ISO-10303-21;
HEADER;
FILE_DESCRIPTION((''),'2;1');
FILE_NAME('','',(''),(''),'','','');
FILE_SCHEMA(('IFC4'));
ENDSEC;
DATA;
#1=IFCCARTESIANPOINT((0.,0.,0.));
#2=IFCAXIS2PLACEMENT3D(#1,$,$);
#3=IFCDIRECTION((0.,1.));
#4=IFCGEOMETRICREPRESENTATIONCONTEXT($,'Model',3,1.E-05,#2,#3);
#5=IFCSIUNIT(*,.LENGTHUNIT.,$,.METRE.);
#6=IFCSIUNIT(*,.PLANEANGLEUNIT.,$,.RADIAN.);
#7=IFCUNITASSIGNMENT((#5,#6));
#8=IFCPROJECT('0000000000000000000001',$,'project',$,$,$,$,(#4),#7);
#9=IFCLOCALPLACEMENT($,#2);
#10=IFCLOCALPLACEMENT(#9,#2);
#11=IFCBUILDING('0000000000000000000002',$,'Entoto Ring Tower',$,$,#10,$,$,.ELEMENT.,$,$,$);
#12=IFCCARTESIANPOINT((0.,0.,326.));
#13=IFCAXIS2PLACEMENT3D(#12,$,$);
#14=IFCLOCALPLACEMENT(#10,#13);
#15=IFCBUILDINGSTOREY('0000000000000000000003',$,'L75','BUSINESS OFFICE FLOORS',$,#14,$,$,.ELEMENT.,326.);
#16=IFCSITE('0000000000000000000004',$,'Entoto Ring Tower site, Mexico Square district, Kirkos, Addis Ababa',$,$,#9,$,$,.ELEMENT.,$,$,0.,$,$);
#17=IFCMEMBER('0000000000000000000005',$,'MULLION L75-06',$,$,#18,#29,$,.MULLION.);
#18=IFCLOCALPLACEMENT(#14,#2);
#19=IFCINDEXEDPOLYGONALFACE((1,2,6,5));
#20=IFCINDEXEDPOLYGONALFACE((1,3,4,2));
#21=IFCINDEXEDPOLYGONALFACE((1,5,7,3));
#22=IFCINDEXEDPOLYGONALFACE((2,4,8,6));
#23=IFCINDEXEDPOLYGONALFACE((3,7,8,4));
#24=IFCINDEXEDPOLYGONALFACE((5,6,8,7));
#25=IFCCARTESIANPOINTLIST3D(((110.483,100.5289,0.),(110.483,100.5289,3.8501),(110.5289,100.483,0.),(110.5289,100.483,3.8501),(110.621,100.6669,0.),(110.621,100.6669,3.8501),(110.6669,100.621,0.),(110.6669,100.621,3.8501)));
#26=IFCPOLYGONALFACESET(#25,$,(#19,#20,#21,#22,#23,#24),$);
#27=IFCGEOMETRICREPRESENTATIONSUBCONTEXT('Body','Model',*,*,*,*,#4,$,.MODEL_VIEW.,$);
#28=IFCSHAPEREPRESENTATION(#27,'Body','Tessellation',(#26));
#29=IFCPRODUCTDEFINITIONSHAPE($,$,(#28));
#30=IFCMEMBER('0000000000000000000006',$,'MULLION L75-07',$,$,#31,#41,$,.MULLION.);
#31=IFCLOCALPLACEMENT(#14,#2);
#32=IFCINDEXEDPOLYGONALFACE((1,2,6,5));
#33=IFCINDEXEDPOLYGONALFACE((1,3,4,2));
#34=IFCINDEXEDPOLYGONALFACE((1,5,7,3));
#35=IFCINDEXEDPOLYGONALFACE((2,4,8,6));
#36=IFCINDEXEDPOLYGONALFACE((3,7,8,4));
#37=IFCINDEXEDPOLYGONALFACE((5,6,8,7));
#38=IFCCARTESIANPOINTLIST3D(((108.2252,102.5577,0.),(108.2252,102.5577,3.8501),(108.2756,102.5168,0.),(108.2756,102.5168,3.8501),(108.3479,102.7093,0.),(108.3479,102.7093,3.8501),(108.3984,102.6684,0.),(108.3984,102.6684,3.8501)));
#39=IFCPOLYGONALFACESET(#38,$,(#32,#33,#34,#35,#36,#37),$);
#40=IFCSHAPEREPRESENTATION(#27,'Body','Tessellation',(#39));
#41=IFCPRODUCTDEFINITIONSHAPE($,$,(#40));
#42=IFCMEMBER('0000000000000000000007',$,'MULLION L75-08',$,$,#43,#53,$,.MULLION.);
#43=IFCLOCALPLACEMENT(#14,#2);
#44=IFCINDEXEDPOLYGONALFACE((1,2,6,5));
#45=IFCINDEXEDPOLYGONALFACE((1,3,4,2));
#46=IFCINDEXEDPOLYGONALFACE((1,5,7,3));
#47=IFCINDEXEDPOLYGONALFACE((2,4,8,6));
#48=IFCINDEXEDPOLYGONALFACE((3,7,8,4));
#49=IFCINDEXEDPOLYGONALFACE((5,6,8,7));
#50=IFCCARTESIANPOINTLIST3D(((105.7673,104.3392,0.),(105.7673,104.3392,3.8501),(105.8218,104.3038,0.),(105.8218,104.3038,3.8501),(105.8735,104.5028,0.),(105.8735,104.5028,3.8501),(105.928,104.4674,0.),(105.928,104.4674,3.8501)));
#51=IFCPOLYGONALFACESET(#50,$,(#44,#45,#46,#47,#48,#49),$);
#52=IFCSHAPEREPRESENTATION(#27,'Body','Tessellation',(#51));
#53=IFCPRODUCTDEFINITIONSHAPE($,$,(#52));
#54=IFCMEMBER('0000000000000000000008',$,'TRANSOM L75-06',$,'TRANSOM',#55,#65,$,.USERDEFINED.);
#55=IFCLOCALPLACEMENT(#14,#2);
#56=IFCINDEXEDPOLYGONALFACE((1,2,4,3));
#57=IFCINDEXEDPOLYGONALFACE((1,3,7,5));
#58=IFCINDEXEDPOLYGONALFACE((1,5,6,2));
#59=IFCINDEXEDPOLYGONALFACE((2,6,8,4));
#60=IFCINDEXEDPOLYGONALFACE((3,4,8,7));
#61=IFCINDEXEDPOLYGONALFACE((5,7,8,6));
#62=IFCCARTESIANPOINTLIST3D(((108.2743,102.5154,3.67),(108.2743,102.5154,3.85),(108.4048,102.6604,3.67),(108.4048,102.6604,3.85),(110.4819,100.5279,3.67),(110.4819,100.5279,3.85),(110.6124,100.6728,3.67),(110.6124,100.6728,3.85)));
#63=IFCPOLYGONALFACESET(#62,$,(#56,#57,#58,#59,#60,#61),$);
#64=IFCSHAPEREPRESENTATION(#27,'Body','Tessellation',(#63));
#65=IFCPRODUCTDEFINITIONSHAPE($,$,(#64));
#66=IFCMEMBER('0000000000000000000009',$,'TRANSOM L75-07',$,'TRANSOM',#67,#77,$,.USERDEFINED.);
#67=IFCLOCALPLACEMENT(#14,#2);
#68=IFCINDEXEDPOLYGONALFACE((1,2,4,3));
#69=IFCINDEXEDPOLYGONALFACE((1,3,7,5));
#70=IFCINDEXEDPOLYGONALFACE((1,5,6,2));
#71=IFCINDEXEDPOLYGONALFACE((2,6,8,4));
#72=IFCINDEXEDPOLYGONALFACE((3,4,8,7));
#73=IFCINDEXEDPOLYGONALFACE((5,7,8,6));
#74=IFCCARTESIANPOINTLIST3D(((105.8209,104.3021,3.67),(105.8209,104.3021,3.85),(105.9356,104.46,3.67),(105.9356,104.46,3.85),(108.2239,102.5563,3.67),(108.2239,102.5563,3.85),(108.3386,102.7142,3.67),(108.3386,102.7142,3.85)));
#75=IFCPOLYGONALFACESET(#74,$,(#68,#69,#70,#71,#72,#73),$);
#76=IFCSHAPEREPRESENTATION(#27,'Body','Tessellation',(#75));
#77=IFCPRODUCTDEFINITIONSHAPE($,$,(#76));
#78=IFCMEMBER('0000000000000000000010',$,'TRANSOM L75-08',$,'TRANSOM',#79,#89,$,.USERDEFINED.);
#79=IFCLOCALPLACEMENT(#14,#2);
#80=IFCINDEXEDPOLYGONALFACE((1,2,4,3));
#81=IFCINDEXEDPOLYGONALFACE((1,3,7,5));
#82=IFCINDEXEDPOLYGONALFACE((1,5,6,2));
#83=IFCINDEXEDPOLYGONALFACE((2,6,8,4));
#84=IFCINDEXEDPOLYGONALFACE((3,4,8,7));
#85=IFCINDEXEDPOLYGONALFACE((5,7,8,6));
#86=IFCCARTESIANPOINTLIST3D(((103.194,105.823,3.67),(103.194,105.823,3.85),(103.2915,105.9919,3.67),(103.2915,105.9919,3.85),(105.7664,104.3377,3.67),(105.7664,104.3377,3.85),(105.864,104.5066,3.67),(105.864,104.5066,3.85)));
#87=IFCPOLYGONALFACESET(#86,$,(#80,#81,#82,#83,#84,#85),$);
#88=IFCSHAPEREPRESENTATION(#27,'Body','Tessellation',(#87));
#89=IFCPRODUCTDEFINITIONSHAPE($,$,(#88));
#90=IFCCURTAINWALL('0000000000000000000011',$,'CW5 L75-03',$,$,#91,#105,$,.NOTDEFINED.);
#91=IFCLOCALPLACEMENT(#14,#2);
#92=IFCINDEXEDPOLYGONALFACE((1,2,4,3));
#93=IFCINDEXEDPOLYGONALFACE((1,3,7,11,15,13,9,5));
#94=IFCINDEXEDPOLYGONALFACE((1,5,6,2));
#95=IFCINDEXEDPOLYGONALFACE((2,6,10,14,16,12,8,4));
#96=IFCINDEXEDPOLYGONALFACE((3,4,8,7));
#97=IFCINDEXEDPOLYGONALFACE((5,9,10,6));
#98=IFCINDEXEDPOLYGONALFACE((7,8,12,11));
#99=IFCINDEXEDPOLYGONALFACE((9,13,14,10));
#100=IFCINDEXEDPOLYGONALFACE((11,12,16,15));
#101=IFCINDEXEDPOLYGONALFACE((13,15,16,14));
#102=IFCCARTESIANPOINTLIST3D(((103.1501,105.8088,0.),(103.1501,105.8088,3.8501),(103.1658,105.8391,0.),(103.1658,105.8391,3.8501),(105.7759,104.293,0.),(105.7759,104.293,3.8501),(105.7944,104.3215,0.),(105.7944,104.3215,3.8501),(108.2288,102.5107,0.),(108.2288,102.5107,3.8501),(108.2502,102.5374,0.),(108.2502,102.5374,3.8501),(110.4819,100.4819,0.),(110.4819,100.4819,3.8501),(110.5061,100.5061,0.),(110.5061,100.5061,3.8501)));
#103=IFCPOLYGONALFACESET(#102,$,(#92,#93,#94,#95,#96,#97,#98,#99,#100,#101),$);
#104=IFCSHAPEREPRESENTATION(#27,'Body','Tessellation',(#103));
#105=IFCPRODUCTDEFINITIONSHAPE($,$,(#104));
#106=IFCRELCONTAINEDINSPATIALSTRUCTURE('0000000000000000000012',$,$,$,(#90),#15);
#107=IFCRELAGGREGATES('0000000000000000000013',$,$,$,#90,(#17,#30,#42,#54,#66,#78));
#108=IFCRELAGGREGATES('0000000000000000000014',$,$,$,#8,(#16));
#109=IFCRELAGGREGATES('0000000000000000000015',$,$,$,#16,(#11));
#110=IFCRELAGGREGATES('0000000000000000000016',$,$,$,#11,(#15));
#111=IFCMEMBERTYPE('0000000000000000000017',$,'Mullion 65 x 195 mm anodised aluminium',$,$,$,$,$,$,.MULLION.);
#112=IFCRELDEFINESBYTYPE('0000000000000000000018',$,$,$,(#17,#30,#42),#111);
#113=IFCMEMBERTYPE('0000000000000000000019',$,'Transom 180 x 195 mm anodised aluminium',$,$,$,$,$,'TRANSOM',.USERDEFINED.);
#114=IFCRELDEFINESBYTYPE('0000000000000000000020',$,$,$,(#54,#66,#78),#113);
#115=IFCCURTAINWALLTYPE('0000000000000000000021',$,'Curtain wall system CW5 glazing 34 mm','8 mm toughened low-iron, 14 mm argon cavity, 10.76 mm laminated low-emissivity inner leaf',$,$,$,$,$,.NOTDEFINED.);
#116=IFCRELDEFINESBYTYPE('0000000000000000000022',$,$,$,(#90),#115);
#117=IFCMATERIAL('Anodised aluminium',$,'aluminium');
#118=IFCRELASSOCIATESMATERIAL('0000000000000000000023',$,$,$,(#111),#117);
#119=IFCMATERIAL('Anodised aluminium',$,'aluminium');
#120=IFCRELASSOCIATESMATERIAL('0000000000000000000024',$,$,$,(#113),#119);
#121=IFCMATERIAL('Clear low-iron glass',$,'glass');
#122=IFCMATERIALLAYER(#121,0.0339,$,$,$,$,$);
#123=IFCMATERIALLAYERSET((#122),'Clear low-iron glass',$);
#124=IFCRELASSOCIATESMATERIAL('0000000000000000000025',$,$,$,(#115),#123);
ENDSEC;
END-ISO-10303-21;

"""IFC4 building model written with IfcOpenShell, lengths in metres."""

from ifc_helpers import new_model, si_unit, direction, frame, origin, origin_2d, place, context, subcontext, project, spatial, polyline, rectangle, outline, extrude, material, layer, layer_set, material_profile, profile_set, type_object, element, aggregate, save


model = new_model("IFC4")

# Units and contexts
model_context = context("Model", 3, precision=1e-05, world=origin(), true_north=direction((0.0, 1.0)))
body_context = subcontext(model_context, "Body", "Model", "MODEL_VIEW")
ifc_project = project(units=[si_unit("LENGTHUNIT", "METRE"), si_unit("PLANEANGLEUNIT", "RADIAN")], contexts=[model_context])

# Members
ifc_material_1 = material(Name="Anodised aluminium", Category="aluminium")
ifc_material_profile_1 = material_profile(ifc_material_1, rectangle(XDim=0.0649, YDim=0.1951, at=origin_2d()), Name="Mullion 65 x 195 mm anodised aluminium")
ifc_profile_set_1 = profile_set([ifc_material_profile_1], Name="Anodised aluminium")
member_type_1 = type_object("IfcMemberType", Name="Mullion 65 x 195 mm anodised aluminium", PredefinedType="MULLION", material=ifc_profile_set_1)
site_placement = place(None, origin())
building_placement = place(site_placement, origin())
storey_placement = place(building_placement, frame((0.0, 0.0, 326.0)))
member_1_placement = place(storey_placement, frame((110.575, 100.575, 0.0), z_axis=(0.0, 0.0, 1.0), x_axis=(-0.707107, 0.707107, 0.0)))
member_1 = element("IfcMember", 1, at=member_1_placement, type_object=member_type_1, Name="MULLION L75-06", PredefinedType="MULLION", context=body_context, shape_type="SweptSolid", body=[
    extrude(rectangle(XDim=0.0649, YDim=0.1951, at=origin_2d()), origin(), (0.0, 0.0, 1.0), 3.8501),
])
member_2_placement = place(storey_placement, frame((108.3118, 102.613, 0.0), z_axis=(0.0, 0.0, 1.0), x_axis=(-0.777146, 0.62932, 0.0)))
member_2 = element("IfcMember", 2, at=member_2_placement, type_object=member_type_1, Name="MULLION L75-07", PredefinedType="MULLION", context=body_context, shape_type="SweptSolid", body=[
    extrude(rectangle(XDim=0.0649, YDim=0.1951, at=origin_2d()), origin(), (0.0, 0.0, 1.0), 3.8501),
])
member_3_placement = place(storey_placement, frame((105.8477, 104.4033, 0.0), z_axis=(0.0, 0.0, 1.0), x_axis=(-0.838671, 0.544639, 0.0)))
member_3 = element("IfcMember", 3, at=member_3_placement, type_object=member_type_1, Name="MULLION L75-08", PredefinedType="MULLION", context=body_context, shape_type="SweptSolid", body=[
    extrude(rectangle(XDim=0.0649, YDim=0.1951, at=origin_2d()), origin(), (0.0, 0.0, 1.0), 3.8501),
])
ifc_material_2 = material(Name="Anodised aluminium", Category="aluminium")
ifc_material_profile_2 = material_profile(ifc_material_2, rectangle(XDim=0.1951, YDim=0.1799, at=origin_2d()), Name="Transom 180 x 195 mm anodised aluminium")
ifc_profile_set_2 = profile_set([ifc_material_profile_2], Name="Anodised aluminium")
member_type_2 = type_object("IfcMemberType", Name="Transom 180 x 195 mm anodised aluminium", ElementType="TRANSOM", PredefinedType="USERDEFINED", material=ifc_profile_set_2)
member_4_placement = place(storey_placement, frame((110.5471, 100.6003, 3.76), z_axis=(-0.743163, 0.66911, 0.0), x_axis=(-0.66911, -0.743163, 0.0)))
member_4 = element("IfcMember", 4, at=member_4_placement, type_object=member_type_2, Name="TRANSOM L75-06", ObjectType="TRANSOM", PredefinedType="USERDEFINED", context=body_context, shape_type="SweptSolid", body=[
    extrude(rectangle(XDim=0.1951, YDim=0.1799, at=origin_2d()), origin(), (0.0, 0.0, 1.0), 2.9705),
])
member_5_placement = place(storey_placement, frame((108.2812, 102.6353, 3.76), z_axis=(-0.809031, 0.587766, 0.0), x_axis=(-0.587766, -0.809031, 0.0)))
member_5 = element("IfcMember", 5, at=member_5_placement, type_object=member_type_2, Name="TRANSOM L75-07", ObjectType="TRANSOM", PredefinedType="USERDEFINED", context=body_context, shape_type="SweptSolid", body=[
    extrude(rectangle(XDim=0.1951, YDim=0.1799, at=origin_2d()), origin(), (0.0, 0.0, 1.0), 2.9702),
])
member_6_placement = place(storey_placement, frame((105.8152, 104.4221, 3.76), z_axis=(-0.866009, 0.500028, 0.0), x_axis=(-0.500028, -0.866009, 0.0)))
member_6 = element("IfcMember", 6, at=member_6_placement, type_object=member_type_2, Name="TRANSOM L75-08", ObjectType="TRANSOM", PredefinedType="USERDEFINED", context=body_context, shape_type="SweptSolid", body=[
    extrude(rectangle(XDim=0.1951, YDim=0.1799, at=origin_2d()), origin(), (0.0, 0.0, 1.0), 2.9705),
])

# Site, building, storey
site = spatial("IfcSite", under=ifc_project, at=site_placement, Name="Entoto Ring Tower site, Mexico Square district, Kirkos, Addis Ababa", CompositionType="ELEMENT", RefElevation=0.0)
building = spatial("IfcBuilding", under=site, at=building_placement, Name="Entoto Ring Tower", CompositionType="ELEMENT")
storey = spatial("IfcBuildingStorey", under=building, at=storey_placement, Name="L75", Description="BUSINESS OFFICE FLOORS", CompositionType="ELEMENT", Elevation=326.0)

# Curtain wall
ifc_material_3 = material(Name="Clear low-iron glass", Category="glass")
ifc_layer = layer(ifc_material_3, 0.0339)
ifc_layer_set = layer_set([ifc_layer], Name="Clear low-iron glass")
curtain_wall_type = type_object("IfcCurtainWallType", Name="Curtain wall system CW5 glazing 34 mm", Description="8 mm toughened low-iron, 14 mm argon cavity, 10.76 mm laminated low-emissivity inner leaf", PredefinedType="NOTDEFINED", material=ifc_layer_set)
curtain_wall_1_placement = place(storey_placement, origin())
curtain_wall_1 = element("IfcCurtainWall", 7, at=curtain_wall_1_placement, inside=storey, type_object=curtain_wall_type, Name="CW5 L75-03", PredefinedType="NOTDEFINED", context=body_context, shape_type="SweptSolid", body=[
    extrude(outline(polyline([(110.5061, 100.5061), (108.2502, 102.5374), (105.7944, 104.3215), (103.1658, 105.8391), (103.1501, 105.8088), (105.7759, 104.293), (108.2288, 102.5107), (110.4819, 100.4819), (110.5061, 100.5061)])), origin(), (0.0, 0.0, 1.0), 3.8501),
])
aggregate(curtain_wall_1, [member_1, member_2, member_3, member_4, member_5, member_6])

save(model, "model.ifc")
